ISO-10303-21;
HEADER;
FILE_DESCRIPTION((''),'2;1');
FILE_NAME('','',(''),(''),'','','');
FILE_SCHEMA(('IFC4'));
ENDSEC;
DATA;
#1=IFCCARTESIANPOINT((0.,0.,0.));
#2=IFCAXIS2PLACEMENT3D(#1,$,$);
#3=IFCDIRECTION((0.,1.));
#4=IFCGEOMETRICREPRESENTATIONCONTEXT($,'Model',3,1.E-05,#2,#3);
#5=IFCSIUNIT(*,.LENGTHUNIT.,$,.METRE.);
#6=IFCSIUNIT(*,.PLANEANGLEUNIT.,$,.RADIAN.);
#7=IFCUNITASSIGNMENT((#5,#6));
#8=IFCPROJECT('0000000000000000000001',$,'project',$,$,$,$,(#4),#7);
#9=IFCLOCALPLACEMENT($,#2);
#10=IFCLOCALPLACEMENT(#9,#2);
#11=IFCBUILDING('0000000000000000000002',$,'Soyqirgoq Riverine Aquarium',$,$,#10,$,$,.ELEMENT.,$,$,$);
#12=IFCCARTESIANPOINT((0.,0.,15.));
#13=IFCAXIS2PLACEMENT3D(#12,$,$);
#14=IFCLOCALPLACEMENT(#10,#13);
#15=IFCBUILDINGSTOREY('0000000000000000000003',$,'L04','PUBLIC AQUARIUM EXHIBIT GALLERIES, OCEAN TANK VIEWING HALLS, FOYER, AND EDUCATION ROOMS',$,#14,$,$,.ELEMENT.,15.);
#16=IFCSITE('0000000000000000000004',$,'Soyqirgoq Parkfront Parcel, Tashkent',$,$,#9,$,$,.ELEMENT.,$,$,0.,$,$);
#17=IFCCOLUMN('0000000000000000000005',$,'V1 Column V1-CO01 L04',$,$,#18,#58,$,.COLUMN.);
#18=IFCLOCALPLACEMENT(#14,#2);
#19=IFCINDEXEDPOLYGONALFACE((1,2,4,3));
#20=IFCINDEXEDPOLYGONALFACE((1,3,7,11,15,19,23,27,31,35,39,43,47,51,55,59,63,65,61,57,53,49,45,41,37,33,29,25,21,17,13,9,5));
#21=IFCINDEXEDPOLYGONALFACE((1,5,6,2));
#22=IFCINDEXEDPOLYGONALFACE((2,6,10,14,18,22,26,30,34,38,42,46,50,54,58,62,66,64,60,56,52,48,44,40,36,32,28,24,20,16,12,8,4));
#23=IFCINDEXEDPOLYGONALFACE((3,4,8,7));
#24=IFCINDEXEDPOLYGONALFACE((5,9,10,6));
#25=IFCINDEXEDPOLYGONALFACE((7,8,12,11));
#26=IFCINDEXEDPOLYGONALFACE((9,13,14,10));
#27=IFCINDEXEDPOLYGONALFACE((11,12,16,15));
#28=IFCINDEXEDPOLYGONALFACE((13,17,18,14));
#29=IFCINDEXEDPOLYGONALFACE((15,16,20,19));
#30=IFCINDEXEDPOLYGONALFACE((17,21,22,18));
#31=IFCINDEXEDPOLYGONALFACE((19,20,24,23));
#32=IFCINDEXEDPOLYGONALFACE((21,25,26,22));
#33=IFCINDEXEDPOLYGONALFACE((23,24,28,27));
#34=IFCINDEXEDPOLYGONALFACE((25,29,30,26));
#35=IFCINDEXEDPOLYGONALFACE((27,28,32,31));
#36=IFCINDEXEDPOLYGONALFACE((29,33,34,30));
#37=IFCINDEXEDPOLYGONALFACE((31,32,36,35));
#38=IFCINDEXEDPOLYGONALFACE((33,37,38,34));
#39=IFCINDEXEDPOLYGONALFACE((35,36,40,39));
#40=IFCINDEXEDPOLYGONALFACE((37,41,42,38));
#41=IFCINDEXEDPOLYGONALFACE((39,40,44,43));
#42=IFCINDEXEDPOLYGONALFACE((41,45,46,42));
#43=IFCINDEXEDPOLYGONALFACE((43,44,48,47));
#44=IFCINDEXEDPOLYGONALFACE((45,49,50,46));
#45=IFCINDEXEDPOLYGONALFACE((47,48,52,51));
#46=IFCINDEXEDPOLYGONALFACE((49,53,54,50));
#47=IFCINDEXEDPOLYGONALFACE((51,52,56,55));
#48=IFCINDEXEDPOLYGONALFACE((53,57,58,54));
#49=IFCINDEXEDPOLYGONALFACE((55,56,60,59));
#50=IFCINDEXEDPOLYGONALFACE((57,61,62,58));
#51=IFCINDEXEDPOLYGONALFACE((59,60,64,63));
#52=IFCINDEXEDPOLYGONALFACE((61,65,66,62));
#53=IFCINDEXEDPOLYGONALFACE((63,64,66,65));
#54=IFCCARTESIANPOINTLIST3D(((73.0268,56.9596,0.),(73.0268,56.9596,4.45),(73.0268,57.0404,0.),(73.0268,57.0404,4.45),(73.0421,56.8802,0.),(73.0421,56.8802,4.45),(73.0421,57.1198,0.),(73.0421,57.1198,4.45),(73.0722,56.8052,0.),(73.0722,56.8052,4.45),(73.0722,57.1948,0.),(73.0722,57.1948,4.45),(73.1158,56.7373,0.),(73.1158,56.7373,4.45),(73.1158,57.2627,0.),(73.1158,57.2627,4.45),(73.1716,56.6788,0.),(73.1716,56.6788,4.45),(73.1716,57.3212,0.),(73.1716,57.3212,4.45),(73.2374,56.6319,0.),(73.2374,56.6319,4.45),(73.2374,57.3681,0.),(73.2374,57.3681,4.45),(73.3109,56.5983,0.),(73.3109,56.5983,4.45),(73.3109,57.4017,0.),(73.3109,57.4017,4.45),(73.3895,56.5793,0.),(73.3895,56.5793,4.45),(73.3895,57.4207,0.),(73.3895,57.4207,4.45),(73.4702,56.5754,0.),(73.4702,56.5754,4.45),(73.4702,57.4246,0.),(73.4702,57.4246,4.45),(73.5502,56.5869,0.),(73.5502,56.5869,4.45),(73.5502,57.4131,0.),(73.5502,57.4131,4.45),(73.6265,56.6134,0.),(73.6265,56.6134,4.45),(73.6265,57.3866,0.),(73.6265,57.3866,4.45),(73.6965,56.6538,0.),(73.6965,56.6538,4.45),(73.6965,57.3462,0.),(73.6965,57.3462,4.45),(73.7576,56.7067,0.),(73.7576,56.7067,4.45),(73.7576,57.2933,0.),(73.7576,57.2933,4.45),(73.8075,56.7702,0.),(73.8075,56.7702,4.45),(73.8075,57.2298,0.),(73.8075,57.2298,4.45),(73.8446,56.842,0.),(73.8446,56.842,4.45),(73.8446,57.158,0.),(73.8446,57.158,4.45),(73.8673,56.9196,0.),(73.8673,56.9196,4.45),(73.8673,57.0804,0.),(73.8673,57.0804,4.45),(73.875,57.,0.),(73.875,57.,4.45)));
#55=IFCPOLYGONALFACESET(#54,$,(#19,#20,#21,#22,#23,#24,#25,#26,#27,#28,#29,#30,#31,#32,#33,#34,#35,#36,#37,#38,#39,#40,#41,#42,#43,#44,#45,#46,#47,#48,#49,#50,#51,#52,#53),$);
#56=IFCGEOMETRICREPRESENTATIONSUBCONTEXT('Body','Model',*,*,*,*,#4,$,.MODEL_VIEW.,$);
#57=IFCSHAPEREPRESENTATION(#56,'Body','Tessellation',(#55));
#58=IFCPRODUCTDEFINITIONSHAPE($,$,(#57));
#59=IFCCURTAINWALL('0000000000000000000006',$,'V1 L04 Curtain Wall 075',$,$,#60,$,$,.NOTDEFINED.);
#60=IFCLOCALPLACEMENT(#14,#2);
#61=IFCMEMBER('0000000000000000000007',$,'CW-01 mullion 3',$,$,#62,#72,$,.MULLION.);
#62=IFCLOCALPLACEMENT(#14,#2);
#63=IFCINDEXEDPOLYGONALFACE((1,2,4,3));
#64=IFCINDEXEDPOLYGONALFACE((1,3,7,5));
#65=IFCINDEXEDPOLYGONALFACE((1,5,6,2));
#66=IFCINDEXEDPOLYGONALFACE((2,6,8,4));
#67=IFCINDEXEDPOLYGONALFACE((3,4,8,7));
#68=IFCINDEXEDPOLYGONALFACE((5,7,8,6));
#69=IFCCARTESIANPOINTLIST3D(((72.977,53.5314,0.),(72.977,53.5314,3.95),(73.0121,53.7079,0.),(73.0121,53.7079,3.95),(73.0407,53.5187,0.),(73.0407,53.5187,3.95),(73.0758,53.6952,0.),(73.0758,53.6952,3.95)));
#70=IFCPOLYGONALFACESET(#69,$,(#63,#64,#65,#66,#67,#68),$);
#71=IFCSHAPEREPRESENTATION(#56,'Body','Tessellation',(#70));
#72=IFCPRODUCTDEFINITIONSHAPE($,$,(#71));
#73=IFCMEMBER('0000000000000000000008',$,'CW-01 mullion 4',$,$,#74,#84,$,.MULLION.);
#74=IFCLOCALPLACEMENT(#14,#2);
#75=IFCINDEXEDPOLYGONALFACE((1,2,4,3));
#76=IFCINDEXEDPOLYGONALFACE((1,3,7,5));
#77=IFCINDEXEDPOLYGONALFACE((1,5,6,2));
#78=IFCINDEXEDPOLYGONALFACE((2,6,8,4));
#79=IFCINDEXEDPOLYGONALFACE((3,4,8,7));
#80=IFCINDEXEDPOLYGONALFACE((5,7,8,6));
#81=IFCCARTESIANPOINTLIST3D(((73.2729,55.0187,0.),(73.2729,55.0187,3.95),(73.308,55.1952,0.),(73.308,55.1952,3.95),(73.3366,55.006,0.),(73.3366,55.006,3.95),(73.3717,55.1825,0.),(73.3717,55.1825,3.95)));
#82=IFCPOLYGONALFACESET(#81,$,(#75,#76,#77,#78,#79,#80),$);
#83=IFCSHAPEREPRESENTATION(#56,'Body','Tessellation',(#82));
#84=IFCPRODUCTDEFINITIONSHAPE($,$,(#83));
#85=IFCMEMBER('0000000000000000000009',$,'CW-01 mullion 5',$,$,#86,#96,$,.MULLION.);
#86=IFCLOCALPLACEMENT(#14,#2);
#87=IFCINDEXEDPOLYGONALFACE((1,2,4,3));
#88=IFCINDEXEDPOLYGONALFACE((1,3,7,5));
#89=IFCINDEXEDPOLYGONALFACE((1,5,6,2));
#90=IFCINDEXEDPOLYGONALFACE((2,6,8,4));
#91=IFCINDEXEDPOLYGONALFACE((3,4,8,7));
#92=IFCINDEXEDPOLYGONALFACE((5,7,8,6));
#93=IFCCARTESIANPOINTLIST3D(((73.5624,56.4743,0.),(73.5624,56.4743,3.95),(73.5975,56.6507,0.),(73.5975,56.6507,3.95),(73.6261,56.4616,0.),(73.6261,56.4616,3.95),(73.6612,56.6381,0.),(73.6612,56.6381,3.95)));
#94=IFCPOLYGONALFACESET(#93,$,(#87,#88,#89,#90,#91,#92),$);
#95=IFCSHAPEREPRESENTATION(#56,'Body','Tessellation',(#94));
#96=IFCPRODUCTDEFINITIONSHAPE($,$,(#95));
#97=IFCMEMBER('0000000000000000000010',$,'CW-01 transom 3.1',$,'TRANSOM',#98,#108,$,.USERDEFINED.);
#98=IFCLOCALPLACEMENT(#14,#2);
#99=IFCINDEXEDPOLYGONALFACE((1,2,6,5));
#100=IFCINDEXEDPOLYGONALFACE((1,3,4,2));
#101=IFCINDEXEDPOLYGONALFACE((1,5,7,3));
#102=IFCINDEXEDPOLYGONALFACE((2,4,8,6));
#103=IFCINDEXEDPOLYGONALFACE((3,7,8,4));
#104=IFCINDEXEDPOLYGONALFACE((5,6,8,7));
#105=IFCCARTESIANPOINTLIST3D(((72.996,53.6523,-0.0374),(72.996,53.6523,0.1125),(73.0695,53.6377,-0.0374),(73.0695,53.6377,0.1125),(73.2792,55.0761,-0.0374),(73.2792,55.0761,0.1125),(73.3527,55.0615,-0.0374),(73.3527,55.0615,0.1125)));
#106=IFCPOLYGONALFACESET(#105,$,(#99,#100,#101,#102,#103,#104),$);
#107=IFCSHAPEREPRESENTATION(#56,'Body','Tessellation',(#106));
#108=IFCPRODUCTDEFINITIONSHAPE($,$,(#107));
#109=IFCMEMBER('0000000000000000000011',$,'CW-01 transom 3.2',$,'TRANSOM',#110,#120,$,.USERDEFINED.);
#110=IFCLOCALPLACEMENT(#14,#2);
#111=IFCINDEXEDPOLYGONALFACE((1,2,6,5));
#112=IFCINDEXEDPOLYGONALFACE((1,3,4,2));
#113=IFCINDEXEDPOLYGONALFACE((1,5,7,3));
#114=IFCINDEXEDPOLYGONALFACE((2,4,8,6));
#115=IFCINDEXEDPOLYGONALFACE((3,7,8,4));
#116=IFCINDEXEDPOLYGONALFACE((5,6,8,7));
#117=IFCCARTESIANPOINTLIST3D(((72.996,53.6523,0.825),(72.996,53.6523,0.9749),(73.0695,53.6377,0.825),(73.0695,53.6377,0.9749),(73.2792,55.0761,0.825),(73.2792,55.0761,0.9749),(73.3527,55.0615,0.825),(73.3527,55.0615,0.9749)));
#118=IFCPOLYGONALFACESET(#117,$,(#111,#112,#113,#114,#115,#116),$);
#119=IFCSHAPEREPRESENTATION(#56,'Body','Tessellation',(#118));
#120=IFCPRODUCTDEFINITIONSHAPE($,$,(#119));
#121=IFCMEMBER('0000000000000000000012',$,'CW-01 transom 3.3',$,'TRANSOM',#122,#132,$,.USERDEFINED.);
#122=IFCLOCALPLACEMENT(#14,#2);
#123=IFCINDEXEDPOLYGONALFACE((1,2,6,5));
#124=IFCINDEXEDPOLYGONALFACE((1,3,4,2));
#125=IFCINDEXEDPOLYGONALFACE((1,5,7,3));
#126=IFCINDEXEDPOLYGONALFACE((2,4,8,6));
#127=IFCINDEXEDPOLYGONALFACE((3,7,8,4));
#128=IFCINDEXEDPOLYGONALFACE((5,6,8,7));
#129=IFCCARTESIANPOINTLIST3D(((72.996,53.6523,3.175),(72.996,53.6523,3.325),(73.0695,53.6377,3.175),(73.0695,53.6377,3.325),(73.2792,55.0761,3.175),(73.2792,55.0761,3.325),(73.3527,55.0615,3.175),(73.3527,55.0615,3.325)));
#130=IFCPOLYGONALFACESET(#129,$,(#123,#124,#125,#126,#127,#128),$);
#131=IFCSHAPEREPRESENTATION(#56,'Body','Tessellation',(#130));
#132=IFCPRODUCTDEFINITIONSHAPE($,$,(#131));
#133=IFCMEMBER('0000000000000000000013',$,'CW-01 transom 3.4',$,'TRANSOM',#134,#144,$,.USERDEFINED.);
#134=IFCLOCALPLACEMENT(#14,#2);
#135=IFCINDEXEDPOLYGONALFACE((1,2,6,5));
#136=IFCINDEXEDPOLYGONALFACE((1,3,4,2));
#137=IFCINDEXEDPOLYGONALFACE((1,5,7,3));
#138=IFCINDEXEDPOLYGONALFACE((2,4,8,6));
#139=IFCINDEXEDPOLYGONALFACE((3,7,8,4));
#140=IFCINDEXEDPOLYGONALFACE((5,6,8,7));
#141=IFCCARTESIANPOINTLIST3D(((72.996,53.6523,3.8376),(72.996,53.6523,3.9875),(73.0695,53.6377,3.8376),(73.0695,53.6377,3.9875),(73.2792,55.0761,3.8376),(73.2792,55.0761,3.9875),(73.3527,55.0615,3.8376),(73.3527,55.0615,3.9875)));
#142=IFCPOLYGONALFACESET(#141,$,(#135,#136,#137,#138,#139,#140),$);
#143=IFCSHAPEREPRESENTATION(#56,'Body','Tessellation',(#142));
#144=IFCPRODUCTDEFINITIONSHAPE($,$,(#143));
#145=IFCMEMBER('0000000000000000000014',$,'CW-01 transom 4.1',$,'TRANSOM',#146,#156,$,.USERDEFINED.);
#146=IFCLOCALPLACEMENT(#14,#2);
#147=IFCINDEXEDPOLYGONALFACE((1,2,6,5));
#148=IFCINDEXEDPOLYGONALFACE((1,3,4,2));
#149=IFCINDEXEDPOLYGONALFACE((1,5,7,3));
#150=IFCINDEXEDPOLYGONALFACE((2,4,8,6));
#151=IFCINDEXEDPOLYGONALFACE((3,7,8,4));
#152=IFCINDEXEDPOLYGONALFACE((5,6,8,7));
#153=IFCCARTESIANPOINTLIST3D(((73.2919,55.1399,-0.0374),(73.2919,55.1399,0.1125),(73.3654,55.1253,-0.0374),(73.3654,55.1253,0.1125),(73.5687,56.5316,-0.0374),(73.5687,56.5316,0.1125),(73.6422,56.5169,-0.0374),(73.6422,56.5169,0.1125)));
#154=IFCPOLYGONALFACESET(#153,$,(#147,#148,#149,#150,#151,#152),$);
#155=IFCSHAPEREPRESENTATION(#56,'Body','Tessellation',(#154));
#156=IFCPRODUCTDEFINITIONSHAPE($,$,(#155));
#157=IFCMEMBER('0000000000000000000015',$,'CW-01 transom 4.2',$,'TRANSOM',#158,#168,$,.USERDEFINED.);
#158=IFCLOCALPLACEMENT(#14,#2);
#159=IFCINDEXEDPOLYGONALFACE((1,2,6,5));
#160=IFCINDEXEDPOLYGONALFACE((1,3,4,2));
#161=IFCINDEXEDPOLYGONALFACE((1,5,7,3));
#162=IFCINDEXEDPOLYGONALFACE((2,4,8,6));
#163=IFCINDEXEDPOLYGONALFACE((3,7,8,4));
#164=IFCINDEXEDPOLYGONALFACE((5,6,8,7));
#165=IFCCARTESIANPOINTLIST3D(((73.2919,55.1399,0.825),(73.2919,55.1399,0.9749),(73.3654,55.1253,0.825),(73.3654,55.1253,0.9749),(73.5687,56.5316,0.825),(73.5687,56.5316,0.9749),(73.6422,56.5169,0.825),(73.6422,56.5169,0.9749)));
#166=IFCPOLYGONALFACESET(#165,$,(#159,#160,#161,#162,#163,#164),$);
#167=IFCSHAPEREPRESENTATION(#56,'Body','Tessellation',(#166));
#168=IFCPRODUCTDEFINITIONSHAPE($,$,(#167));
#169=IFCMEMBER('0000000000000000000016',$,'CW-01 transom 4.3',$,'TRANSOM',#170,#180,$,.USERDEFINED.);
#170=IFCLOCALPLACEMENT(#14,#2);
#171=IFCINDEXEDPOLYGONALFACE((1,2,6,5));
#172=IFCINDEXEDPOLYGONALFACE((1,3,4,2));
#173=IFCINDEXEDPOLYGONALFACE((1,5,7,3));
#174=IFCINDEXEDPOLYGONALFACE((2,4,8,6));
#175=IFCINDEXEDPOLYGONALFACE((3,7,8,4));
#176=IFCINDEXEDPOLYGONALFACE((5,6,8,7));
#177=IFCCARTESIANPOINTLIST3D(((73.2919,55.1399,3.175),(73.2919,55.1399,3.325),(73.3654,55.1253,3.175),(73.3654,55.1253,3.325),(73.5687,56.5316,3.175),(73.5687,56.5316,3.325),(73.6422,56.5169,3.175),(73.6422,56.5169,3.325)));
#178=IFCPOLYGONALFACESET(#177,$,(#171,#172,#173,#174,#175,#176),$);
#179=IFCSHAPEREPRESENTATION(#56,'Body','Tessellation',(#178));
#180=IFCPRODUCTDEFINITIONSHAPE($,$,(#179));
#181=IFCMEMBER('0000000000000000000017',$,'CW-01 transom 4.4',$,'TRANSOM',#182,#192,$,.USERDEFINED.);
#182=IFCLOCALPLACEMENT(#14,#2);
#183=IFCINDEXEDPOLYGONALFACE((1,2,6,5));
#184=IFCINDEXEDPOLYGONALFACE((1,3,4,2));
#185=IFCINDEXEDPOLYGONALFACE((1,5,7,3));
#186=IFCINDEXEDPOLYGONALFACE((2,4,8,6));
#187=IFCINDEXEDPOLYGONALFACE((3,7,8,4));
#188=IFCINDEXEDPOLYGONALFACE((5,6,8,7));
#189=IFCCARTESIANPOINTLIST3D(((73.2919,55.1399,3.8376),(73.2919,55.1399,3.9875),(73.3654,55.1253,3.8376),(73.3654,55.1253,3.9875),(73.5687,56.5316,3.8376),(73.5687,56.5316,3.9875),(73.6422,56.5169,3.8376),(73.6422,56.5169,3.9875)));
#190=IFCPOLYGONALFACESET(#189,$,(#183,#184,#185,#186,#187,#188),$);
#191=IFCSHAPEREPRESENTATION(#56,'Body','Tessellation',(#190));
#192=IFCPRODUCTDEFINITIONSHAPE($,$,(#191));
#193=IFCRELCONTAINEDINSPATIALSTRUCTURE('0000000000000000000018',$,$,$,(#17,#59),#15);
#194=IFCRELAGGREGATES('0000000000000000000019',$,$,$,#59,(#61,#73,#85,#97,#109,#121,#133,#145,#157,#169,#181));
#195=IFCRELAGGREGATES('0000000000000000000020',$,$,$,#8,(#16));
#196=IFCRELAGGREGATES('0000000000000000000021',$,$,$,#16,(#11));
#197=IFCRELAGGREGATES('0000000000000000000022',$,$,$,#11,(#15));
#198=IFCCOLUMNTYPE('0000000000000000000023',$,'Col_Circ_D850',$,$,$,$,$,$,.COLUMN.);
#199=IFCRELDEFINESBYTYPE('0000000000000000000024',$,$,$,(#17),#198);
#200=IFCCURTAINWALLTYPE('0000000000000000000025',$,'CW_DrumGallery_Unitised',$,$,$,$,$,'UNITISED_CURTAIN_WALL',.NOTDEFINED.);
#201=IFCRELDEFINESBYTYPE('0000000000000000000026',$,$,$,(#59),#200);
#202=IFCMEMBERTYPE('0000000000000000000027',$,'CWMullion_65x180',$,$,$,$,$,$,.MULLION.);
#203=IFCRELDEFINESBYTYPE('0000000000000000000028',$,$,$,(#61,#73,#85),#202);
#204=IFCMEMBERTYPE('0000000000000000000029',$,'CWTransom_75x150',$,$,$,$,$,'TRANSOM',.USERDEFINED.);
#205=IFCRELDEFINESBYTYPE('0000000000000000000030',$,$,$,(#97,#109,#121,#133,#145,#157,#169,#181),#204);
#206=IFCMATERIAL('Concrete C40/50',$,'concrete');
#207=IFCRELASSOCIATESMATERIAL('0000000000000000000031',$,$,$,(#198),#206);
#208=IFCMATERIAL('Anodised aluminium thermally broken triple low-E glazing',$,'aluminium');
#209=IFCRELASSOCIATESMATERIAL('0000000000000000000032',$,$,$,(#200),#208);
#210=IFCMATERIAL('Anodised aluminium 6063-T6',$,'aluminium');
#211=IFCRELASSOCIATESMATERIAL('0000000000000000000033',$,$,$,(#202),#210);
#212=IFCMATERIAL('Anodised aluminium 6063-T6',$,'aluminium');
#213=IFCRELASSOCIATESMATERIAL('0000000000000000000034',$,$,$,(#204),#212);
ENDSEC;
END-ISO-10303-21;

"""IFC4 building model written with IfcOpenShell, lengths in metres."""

from ifc_helpers import new_model, si_unit, direction, frame, origin, origin_2d, place, context, subcontext, project, spatial, rectangle, circle, extrude, material, material_profile, profile_set, type_object, element, aggregate, save


model = new_model("IFC4")

# Units and contexts
model_context = context("Model", 3, precision=1e-05, world=origin(), true_north=direction((0.0, 1.0)))
body_context = subcontext(model_context, "Body", "Model", "MODEL_VIEW")
ifc_project = project(units=[si_unit("LENGTHUNIT", "METRE"), si_unit("PLANEANGLEUNIT", "RADIAN")], contexts=[model_context])

# Site, building, storey
site_placement = place(None, origin())
site = spatial("IfcSite", under=ifc_project, at=site_placement, Name="Soyqirgoq Parkfront Parcel, Tashkent", CompositionType="ELEMENT", RefElevation=0.0)
building_placement = place(site_placement, origin())
building = spatial("IfcBuilding", under=site, at=building_placement, Name="Soyqirgoq Riverine Aquarium", CompositionType="ELEMENT")
storey_placement = place(building_placement, frame((0.0, 0.0, 15.0)))
storey = spatial("IfcBuildingStorey", under=building, at=storey_placement, Name="L04", Description="PUBLIC AQUARIUM EXHIBIT GALLERIES, OCEAN TANK VIEWING HALLS, FOYER, AND EDUCATION ROOMS", CompositionType="ELEMENT", Elevation=15.0)

# Column
ifc_material_1 = material(Name="Concrete C40/50", Category="concrete")
ifc_material_profile_1 = material_profile(ifc_material_1, circle(Radius=0.425, at=origin_2d()), Name="RC-COL D850")
ifc_profile_set_1 = profile_set([ifc_material_profile_1], Name="Concrete C40/50")
column_type = type_object("IfcColumnType", Name="Col_Circ_D850", PredefinedType="COLUMN", material=ifc_profile_set_1)
column_placement = place(storey_placement, frame((73.45, 57.0, 0.0), z_axis=(0.0, 0.0, 1.0), x_axis=(1.0, 0.0, 0.0)))
element("IfcColumn", 1, at=column_placement, inside=storey, type_object=column_type, Name="V1 Column V1-CO01 L04", PredefinedType="COLUMN", context=body_context, shape_type="SweptSolid", body=[
    extrude(circle(Radius=0.425, at=origin_2d()), origin(), (0.0, 0.0, 1.0), 4.45),
])

# Curtain wall, members
ifc_material_2 = material(Name="Anodised aluminium thermally broken triple low-E glazing", Category="aluminium")
curtain_wall_type = type_object("IfcCurtainWallType", Name="CW_DrumGallery_Unitised", ElementType="UNITISED_CURTAIN_WALL", PredefinedType="NOTDEFINED", material=ifc_material_2)
curtain_wall_placement = place(storey_placement, origin())
curtain_wall = element("IfcCurtainWall", 2, at=curtain_wall_placement, inside=storey, type_object=curtain_wall_type, Name="V1 L04 Curtain Wall 075", PredefinedType="NOTDEFINED")
ifc_material_3 = material(Name="Anodised aluminium 6063-T6", Category="aluminium")
ifc_material_profile_2 = material_profile(ifc_material_3, rectangle(XDim=0.0649, YDim=0.1799, at=origin_2d()), Name="ALU-M 65x180")
ifc_profile_set_2 = profile_set([ifc_material_profile_2], Name="Anodised aluminium 6063-T6")
member_type_1 = type_object("IfcMemberType", Name="CWMullion_65x180", PredefinedType="MULLION", material=ifc_profile_set_2)
member_1_placement = place(storey_placement, frame((73.0264, 53.6133, 0.0), z_axis=(0.0, 0.0, 1.0), x_axis=(-0.980783, 0.195102, 0.0)))
member_1 = element("IfcMember", 3, at=member_1_placement, type_object=member_type_1, Name="CW-01 mullion 3", PredefinedType="MULLION", context=body_context, shape_type="SweptSolid", body=[
    extrude(rectangle(XDim=0.0649, YDim=0.1799, at=origin_2d()), origin(), (0.0, 0.0, 1.0), 3.95),
])
member_2_placement = place(storey_placement, frame((73.3223, 55.1006, 0.0), z_axis=(0.0, 0.0, 1.0), x_axis=(-0.980783, 0.195102, 0.0)))
member_2 = element("IfcMember", 4, at=member_2_placement, type_object=member_type_1, Name="CW-01 mullion 4", PredefinedType="MULLION", context=body_context, shape_type="SweptSolid", body=[
    extrude(rectangle(XDim=0.0649, YDim=0.1799, at=origin_2d()), origin(), (0.0, 0.0, 1.0), 3.95),
])
member_3_placement = place(storey_placement, frame((73.6118, 56.5562, 0.0), z_axis=(0.0, 0.0, 1.0), x_axis=(-0.980783, 0.195102, 0.0)))
member_3 = element("IfcMember", 5, at=member_3_placement, type_object=member_type_1, Name="CW-01 mullion 5", PredefinedType="MULLION", context=body_context, shape_type="SweptSolid", body=[
    extrude(rectangle(XDim=0.0649, YDim=0.1799, at=origin_2d()), origin(), (0.0, 0.0, 1.0), 3.95),
])
ifc_material_4 = material(Name="Anodised aluminium 6063-T6", Category="aluminium")
ifc_material_profile_3 = material_profile(ifc_material_4, rectangle(XDim=0.075, YDim=0.1499, at=origin_2d()), Name="ALU-T 75x150")
ifc_profile_set_3 = profile_set([ifc_material_profile_3], Name="Anodised aluminium 6063-T6")
member_type_2 = type_object("IfcMemberType", Name="CWTransom_75x150", ElementType="TRANSOM", PredefinedType="USERDEFINED", material=ifc_profile_set_3)
member_4_placement = place(storey_placement, frame((73.0327, 53.645, 0.0376), z_axis=(0.195081, 0.980787, 0.0), x_axis=(-0.980787, 0.195081, 0.0)))
member_4 = element("IfcMember", 6, at=member_4_placement, type_object=member_type_2, Name="CW-01 transom 3.1", ObjectType="TRANSOM", PredefinedType="USERDEFINED", context=body_context, shape_type="SweptSolid", body=[
    extrude(rectangle(XDim=0.075, YDim=0.1499, at=origin_2d()), origin(), (0.0, 0.0, 1.0), 1.4517),
])
member_5_placement = place(storey_placement, frame((73.0327, 53.645, 0.8999), z_axis=(0.195081, 0.980787, 0.0), x_axis=(-0.980787, 0.195081, 0.0)))
member_5 = element("IfcMember", 7, at=member_5_placement, type_object=member_type_2, Name="CW-01 transom 3.2", ObjectType="TRANSOM", PredefinedType="USERDEFINED", context=body_context, shape_type="SweptSolid", body=[
    extrude(rectangle(XDim=0.075, YDim=0.1499, at=origin_2d()), origin(), (0.0, 0.0, 1.0), 1.4517),
])
member_6_placement = place(storey_placement, frame((73.0327, 53.645, 3.25), z_axis=(0.195081, 0.980787, 0.0), x_axis=(-0.980787, 0.195081, 0.0)))
member_6 = element("IfcMember", 8, at=member_6_placement, type_object=member_type_2, Name="CW-01 transom 3.3", ObjectType="TRANSOM", PredefinedType="USERDEFINED", context=body_context, shape_type="SweptSolid", body=[
    extrude(rectangle(XDim=0.075, YDim=0.1499, at=origin_2d()), origin(), (0.0, 0.0, 1.0), 1.4517),
])
member_7_placement = place(storey_placement, frame((73.0327, 53.645, 3.9126), z_axis=(0.195081, 0.980787, 0.0), x_axis=(-0.980787, 0.195081, 0.0)))
member_7 = element("IfcMember", 9, at=member_7_placement, type_object=member_type_2, Name="CW-01 transom 3.4", ObjectType="TRANSOM", PredefinedType="USERDEFINED", context=body_context, shape_type="SweptSolid", body=[
    extrude(rectangle(XDim=0.075, YDim=0.1499, at=origin_2d()), origin(), (0.0, 0.0, 1.0), 1.4517),
])
member_8_placement = place(storey_placement, frame((73.3286, 55.1326, 0.0376), z_axis=(0.195123, 0.980779, 0.0), x_axis=(-0.980779, 0.195123, 0.0)))
member_8 = element("IfcMember", 10, at=member_8_placement, type_object=member_type_2, Name="CW-01 transom 4.1", ObjectType="TRANSOM", PredefinedType="USERDEFINED", context=body_context, shape_type="SweptSolid", body=[
    extrude(rectangle(XDim=0.075, YDim=0.1499, at=origin_2d()), origin(), (0.0, 0.0, 1.0), 1.4189),
])
member_9_placement = place(storey_placement, frame((73.3286, 55.1326, 0.8999), z_axis=(0.195123, 0.980779, 0.0), x_axis=(-0.980779, 0.195123, 0.0)))
member_9 = element("IfcMember", 11, at=member_9_placement, type_object=member_type_2, Name="CW-01 transom 4.2", ObjectType="TRANSOM", PredefinedType="USERDEFINED", context=body_context, shape_type="SweptSolid", body=[
    extrude(rectangle(XDim=0.075, YDim=0.1499, at=origin_2d()), origin(), (0.0, 0.0, 1.0), 1.4189),
])
member_10_placement = place(storey_placement, frame((73.3286, 55.1326, 3.25), z_axis=(0.195123, 0.980779, 0.0), x_axis=(-0.980779, 0.195123, 0.0)))
member_10 = element("IfcMember", 12, at=member_10_placement, type_object=member_type_2, Name="CW-01 transom 4.3", ObjectType="TRANSOM", PredefinedType="USERDEFINED", context=body_context, shape_type="SweptSolid", body=[
    extrude(rectangle(XDim=0.075, YDim=0.1499, at=origin_2d()), origin(), (0.0, 0.0, 1.0), 1.4189),
])
member_11_placement = place(storey_placement, frame((73.3286, 55.1326, 3.9126), z_axis=(0.195123, 0.980779, 0.0), x_axis=(-0.980779, 0.195123, 0.0)))
member_11 = element("IfcMember", 13, at=member_11_placement, type_object=member_type_2, Name="CW-01 transom 4.4", ObjectType="TRANSOM", PredefinedType="USERDEFINED", context=body_context, shape_type="SweptSolid", body=[
    extrude(rectangle(XDim=0.075, YDim=0.1499, at=origin_2d()), origin(), (0.0, 0.0, 1.0), 1.4189),
])

aggregate(curtain_wall, [member_1, member_2, member_3, member_4, member_5, member_6, member_7, member_8, member_9, member_10, member_11])

save(model, "model.ifc")
